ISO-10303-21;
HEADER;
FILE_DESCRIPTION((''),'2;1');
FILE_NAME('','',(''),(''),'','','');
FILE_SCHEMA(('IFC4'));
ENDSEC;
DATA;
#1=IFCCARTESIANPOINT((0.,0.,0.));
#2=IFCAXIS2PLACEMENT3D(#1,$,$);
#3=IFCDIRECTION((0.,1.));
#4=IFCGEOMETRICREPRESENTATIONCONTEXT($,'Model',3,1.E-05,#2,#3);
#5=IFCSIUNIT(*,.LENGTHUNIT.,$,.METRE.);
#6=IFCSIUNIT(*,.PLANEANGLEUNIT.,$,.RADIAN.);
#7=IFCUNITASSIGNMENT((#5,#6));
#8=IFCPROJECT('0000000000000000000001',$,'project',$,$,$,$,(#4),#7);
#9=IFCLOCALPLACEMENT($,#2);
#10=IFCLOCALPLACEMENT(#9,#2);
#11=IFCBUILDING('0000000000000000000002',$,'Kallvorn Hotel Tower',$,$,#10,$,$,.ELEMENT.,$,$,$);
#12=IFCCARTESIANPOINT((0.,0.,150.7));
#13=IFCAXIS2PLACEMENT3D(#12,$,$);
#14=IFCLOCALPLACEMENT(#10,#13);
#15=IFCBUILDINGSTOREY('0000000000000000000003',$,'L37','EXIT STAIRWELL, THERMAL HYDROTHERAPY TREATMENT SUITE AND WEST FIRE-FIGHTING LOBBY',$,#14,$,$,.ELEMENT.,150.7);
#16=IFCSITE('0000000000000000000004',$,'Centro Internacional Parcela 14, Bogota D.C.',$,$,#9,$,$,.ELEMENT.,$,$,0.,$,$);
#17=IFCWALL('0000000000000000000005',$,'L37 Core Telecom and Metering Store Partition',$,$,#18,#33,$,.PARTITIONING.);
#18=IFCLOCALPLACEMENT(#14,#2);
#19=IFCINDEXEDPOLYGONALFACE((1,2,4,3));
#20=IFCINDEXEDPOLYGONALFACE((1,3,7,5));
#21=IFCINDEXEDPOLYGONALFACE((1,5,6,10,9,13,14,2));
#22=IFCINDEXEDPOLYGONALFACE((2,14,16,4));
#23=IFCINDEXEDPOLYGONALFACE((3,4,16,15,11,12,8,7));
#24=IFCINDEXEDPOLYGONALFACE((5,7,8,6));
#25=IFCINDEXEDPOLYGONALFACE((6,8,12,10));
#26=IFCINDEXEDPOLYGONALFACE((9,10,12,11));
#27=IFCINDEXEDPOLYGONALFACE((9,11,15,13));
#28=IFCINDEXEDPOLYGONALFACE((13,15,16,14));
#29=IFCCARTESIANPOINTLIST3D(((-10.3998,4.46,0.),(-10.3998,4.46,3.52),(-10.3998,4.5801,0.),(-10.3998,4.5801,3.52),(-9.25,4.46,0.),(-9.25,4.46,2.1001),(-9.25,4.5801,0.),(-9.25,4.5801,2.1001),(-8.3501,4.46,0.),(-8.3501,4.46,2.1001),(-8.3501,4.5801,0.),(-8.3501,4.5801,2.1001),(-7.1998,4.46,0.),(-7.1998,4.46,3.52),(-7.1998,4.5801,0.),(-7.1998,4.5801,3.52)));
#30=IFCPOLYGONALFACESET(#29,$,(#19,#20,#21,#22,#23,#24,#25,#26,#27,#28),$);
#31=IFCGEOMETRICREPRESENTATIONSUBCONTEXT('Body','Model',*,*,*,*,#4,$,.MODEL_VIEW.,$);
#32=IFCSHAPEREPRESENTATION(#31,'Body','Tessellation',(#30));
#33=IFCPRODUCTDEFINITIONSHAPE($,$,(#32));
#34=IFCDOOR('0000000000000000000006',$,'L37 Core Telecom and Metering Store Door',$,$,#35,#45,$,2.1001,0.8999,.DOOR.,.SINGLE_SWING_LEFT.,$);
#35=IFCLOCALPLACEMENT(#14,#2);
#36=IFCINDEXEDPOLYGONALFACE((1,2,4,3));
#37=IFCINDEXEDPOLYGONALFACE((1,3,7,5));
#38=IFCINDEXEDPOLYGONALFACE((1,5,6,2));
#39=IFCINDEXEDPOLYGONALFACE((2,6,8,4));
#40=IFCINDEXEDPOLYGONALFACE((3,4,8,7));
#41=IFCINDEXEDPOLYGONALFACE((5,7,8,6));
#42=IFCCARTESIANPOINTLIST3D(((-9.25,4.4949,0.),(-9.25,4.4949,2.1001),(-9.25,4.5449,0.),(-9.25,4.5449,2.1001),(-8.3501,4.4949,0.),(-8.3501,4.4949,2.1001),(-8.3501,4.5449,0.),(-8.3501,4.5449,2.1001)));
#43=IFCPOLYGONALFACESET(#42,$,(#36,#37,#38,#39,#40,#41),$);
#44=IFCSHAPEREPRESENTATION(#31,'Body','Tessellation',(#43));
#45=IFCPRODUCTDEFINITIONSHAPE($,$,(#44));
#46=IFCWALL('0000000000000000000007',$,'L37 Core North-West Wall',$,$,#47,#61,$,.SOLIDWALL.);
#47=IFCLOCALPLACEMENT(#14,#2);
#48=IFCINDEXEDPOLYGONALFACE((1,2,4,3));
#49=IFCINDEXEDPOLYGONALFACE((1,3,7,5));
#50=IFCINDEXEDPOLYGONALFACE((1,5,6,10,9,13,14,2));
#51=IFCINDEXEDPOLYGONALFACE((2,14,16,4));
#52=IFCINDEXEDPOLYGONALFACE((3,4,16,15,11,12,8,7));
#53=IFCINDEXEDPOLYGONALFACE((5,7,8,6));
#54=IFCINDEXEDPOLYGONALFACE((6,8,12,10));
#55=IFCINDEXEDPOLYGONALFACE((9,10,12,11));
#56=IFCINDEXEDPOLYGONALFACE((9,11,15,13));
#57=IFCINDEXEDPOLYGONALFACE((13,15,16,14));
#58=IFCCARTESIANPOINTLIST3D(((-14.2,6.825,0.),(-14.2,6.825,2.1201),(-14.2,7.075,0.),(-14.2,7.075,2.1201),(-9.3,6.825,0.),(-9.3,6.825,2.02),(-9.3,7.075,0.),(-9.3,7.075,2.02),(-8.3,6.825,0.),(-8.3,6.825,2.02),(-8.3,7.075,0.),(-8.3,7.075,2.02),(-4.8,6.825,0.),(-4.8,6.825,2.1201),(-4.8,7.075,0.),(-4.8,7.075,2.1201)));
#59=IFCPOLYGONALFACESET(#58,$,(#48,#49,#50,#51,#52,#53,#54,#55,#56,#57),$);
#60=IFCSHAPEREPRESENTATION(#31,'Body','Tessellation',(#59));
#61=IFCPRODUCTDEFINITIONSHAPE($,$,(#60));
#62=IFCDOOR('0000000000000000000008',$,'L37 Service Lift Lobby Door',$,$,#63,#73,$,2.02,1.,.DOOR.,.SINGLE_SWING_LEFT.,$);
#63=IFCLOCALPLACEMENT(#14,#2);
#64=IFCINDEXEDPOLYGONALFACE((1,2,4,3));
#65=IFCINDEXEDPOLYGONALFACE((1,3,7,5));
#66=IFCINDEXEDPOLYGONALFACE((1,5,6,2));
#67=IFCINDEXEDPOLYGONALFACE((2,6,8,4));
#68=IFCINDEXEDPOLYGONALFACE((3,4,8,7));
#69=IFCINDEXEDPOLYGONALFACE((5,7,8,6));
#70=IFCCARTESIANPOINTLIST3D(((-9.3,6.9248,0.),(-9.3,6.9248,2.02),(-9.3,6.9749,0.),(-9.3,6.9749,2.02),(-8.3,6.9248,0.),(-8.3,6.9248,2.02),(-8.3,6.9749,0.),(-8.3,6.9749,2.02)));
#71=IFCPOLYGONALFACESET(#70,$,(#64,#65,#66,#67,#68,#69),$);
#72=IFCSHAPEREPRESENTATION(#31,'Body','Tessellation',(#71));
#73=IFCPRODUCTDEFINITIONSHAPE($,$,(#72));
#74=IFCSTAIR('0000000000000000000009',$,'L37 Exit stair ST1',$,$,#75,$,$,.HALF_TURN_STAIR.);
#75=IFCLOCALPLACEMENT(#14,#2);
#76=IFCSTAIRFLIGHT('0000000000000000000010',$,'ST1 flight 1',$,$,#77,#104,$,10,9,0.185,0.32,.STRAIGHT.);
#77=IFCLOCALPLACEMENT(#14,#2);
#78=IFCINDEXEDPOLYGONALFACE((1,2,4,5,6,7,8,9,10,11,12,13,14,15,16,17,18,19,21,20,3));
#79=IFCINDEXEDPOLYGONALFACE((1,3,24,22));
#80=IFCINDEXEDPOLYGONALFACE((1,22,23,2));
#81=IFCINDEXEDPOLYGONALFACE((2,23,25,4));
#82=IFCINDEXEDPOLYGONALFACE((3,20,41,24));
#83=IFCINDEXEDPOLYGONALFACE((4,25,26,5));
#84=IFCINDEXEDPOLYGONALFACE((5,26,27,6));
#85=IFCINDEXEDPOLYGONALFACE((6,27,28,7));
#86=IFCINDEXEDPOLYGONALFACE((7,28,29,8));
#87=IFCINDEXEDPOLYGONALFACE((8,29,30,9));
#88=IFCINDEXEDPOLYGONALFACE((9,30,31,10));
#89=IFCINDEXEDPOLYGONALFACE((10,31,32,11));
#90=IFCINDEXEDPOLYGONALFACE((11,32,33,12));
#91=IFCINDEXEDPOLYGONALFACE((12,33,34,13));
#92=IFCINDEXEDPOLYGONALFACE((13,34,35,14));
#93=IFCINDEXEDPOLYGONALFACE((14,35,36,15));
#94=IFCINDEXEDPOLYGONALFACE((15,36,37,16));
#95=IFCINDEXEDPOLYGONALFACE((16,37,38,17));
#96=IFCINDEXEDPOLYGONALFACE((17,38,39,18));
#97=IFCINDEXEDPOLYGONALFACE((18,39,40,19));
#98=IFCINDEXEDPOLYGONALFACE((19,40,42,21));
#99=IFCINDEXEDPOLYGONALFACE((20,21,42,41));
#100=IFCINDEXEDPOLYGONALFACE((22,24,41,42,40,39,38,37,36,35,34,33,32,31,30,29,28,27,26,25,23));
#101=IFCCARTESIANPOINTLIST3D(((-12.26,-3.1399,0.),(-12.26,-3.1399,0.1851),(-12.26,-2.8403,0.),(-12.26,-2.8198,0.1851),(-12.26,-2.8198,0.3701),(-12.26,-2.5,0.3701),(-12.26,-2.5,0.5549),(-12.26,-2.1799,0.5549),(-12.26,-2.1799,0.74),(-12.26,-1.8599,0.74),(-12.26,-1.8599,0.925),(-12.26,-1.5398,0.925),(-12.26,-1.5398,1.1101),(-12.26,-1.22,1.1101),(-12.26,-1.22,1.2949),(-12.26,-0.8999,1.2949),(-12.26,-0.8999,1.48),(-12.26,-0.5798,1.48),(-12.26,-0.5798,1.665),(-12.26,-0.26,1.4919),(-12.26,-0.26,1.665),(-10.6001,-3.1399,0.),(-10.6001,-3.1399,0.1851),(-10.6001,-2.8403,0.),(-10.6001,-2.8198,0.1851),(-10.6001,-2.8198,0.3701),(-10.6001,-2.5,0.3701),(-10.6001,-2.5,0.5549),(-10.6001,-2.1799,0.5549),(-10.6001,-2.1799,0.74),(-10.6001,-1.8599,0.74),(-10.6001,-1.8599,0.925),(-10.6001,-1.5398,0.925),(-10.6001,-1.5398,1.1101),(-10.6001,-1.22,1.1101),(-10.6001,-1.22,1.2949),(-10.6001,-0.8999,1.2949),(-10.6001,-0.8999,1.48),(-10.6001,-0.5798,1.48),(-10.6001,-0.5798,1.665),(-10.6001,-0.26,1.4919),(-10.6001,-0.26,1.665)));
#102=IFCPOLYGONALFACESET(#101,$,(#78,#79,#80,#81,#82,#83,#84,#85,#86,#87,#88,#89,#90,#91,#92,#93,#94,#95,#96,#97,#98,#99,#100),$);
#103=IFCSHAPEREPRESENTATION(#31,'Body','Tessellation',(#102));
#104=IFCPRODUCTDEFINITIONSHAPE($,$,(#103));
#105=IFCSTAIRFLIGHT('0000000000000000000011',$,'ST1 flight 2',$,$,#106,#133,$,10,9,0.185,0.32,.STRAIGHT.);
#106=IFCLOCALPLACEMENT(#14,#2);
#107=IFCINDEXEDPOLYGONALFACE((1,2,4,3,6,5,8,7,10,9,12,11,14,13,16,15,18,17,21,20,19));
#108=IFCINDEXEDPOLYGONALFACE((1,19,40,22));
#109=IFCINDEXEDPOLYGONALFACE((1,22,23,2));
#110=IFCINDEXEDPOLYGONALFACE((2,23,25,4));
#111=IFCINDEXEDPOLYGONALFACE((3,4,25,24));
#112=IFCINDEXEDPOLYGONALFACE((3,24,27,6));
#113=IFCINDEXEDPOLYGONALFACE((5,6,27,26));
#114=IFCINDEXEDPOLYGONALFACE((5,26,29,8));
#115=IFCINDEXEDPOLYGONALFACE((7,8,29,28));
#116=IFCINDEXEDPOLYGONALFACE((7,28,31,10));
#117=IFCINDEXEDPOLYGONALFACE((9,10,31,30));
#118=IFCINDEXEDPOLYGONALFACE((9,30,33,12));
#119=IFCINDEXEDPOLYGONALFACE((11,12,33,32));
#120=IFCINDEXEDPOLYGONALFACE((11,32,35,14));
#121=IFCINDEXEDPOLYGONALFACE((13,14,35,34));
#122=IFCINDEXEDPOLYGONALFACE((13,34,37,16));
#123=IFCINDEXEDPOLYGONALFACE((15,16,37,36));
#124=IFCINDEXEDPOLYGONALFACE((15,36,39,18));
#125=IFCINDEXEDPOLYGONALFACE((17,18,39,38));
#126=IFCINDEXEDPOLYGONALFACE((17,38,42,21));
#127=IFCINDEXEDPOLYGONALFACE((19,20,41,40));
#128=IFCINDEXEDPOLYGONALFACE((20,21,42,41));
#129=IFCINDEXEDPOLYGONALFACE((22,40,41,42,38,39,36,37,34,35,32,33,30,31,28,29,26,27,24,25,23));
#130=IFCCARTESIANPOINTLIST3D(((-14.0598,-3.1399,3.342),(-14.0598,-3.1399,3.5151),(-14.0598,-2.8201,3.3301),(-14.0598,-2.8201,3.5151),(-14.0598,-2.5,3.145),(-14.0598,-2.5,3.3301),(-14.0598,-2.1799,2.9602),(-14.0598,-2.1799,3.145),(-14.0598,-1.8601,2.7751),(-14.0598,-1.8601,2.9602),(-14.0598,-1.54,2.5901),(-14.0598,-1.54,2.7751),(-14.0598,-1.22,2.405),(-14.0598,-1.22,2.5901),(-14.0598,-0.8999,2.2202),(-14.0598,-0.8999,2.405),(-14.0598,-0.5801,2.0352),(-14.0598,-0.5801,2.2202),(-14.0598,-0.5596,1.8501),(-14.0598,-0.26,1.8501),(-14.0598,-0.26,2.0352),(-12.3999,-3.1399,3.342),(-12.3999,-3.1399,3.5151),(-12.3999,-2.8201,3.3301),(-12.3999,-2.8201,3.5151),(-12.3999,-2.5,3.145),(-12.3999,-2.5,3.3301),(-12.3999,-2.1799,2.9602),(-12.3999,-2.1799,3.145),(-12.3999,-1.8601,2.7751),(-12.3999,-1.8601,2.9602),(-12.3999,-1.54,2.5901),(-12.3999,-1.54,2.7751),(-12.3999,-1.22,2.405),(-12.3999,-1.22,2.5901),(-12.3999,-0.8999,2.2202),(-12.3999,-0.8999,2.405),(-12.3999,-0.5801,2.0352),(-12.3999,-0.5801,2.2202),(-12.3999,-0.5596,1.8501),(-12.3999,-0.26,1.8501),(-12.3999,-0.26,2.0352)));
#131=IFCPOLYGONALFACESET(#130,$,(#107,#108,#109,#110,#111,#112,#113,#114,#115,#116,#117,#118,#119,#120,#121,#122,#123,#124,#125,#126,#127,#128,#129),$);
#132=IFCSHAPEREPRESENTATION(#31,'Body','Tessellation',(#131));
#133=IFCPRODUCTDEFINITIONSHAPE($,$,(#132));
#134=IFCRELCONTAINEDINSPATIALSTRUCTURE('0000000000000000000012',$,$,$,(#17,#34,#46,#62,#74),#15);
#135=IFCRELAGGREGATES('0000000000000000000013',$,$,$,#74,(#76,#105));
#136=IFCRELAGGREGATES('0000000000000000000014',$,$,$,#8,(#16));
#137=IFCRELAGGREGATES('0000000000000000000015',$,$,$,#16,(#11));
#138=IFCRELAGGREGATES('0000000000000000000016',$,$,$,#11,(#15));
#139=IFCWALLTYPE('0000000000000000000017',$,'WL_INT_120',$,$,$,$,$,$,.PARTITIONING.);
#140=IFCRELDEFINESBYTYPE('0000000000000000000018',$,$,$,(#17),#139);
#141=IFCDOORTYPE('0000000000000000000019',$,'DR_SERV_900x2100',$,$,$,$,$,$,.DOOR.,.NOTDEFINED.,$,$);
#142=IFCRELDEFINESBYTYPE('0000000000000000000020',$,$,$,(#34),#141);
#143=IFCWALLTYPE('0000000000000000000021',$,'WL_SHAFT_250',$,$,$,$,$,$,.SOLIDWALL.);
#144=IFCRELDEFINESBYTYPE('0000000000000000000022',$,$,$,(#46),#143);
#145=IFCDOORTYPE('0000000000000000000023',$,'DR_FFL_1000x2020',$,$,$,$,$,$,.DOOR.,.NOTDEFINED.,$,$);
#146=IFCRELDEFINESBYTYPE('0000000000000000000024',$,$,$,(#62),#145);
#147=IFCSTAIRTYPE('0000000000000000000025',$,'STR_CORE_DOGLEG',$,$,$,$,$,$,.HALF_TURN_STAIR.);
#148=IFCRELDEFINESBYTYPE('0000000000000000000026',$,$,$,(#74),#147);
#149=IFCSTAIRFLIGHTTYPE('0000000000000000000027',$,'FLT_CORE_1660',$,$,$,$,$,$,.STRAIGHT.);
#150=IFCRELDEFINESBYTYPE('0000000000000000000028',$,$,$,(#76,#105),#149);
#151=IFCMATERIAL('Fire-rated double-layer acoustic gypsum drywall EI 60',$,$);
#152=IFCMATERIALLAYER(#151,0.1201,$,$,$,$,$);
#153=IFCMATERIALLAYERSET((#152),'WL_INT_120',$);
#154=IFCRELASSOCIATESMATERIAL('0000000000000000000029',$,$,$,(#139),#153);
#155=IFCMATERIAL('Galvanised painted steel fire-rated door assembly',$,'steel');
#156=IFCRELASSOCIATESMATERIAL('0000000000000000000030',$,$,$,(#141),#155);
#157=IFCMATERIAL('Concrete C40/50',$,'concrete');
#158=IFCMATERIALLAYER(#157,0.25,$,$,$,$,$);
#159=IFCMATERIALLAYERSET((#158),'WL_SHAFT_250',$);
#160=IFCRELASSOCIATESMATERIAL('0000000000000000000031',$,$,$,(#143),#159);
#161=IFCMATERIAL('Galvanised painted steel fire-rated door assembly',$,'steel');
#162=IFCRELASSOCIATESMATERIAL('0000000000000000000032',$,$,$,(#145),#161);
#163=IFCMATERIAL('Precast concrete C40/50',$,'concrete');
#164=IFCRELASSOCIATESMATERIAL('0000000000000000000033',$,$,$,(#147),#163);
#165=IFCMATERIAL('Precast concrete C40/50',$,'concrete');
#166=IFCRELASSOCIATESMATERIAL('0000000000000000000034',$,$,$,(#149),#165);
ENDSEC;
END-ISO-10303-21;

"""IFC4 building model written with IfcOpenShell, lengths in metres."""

from ifc_helpers import new_model, si_unit, direction, frame, frame_2d, origin, place, context, subcontext, project, spatial, polyline, rectangle, outline, extrude, material, layer, layer_set, type_object, element, fill, aggregate, save


model = new_model("IFC4")

# Units and contexts
model_context = context("Model", 3, precision=1e-05, world=origin(), true_north=direction((0.0, 1.0)))
body_context = subcontext(model_context, "Body", "Model", "MODEL_VIEW")
ifc_project = project(units=[si_unit("LENGTHUNIT", "METRE"), si_unit("PLANEANGLEUNIT", "RADIAN")], contexts=[model_context])

# Site, building, storey
site_placement = place(None, origin())
site = spatial("IfcSite", under=ifc_project, at=site_placement, Name="Centro Internacional Parcela 14, Bogota D.C.", CompositionType="ELEMENT", RefElevation=0.0)
building_placement = place(site_placement, origin())
building = spatial("IfcBuilding", under=site, at=building_placement, Name="Kallvorn Hotel Tower", CompositionType="ELEMENT")
storey_placement = place(building_placement, frame((0.0, 0.0, 150.7)))
storey = spatial("IfcBuildingStorey", under=building, at=storey_placement, Name="L37", Description="EXIT STAIRWELL, THERMAL HYDROTHERAPY TREATMENT SUITE AND WEST FIRE-FIGHTING LOBBY", CompositionType="ELEMENT", Elevation=150.7)

# Shared definitions
ifc_material_1 = material(Name="Fire-rated double-layer acoustic gypsum drywall EI 60")
ifc_layer_1 = layer(ifc_material_1, 0.1201)
ifc_layer_set_1 = layer_set([ifc_layer_1], Name="WL_INT_120")
wall_type_1 = type_object("IfcWallType", Name="WL_INT_120", PredefinedType="PARTITIONING", material=ifc_layer_set_1)

# Walls, openings, doors
wall_1_placement = place(storey_placement, frame((-10.3999, 4.52, 0.0), z_axis=(0.0, 0.0, 1.0), x_axis=(1.0, 0.0, 0.0)))
wall_1 = element("IfcWall", 1, at=wall_1_placement, inside=storey, type_object=wall_type_1, Name="L37 Core Telecom and Metering Store Partition", PredefinedType="PARTITIONING", context=body_context, shape_type="SweptSolid", body=[
    extrude(rectangle(XDim=3.2, YDim=0.1201, at=frame_2d((1.6001, 0.0))), origin(), (0.0, 0.0, 1.0), 3.52),
])
opening_1_placement = place(wall_1_placement, frame((1.1499, 0.0, 0.0)))
opening_1 = element("IfcOpeningElement", 2, at=opening_1_placement, cuts=wall_1, PredefinedType="OPENING", context=body_context, shape_type="SweptSolid", body=[
    extrude(rectangle(XDim=0.8999, YDim=2.1001, at=frame_2d((0.45, 1.05))), frame((0.0, 0.075, 0.0), z_axis=(0.0, -1.0, 0.0), x_axis=(1.0, 0.0, 0.0)), (0.0, 0.0, 1.0), 0.1501),
])
ifc_material_2 = material(Name="Galvanised painted steel fire-rated door assembly", Category="steel")
door_type_1 = type_object("IfcDoorType", Name="DR_SERV_900x2100", OperationType="NOTDEFINED", PredefinedType="DOOR", material=ifc_material_2)
door_1_placement = place(opening_1_placement, origin())
door_1 = element("IfcDoor", 3, at=door_1_placement, inside=storey, type_object=door_type_1, Name="L37 Core Telecom and Metering Store Door", OperationType="SINGLE_SWING_LEFT", OverallHeight=2.1001, OverallWidth=0.8999, PredefinedType="DOOR", context=body_context, shape_type="SweptSolid", body=[
    extrude(rectangle(XDim=0.8999, YDim=2.1001, at=frame_2d((0.45, 1.05))), frame((0.0, 0.0249, 0.0), z_axis=(0.0, -1.0, 0.0), x_axis=(1.0, 0.0, 0.0)), (0.0, 0.0, 1.0), 0.05),
])
fill(opening_1, door_1)
ifc_material_3 = material(Name="Concrete C40/50", Category="concrete")
ifc_layer_2 = layer(ifc_material_3, 0.25)
ifc_layer_set_2 = layer_set([ifc_layer_2], Name="WL_SHAFT_250")
wall_type_2 = type_object("IfcWallType", Name="WL_SHAFT_250", PredefinedType="SOLIDWALL", material=ifc_layer_set_2)
wall_2_placement = place(storey_placement, frame((-14.2, 6.95, 0.0), z_axis=(0.0, 0.0, 1.0), x_axis=(1.0, 0.0, 0.0)))
wall_2 = element("IfcWall", 4, at=wall_2_placement, inside=storey, type_object=wall_type_2, Name="L37 Core North-West Wall", PredefinedType="SOLIDWALL", context=body_context, shape_type="SweptSolid", body=[
    extrude(rectangle(XDim=9.3999, YDim=0.25, at=frame_2d((4.7, 0.0))), origin(), (0.0, 0.0, 1.0), 2.1201),
])
opening_2_placement = place(wall_2_placement, frame((4.8999, 0.0, 0.0)))
opening_2 = element("IfcOpeningElement", 5, at=opening_2_placement, cuts=wall_2, PredefinedType="OPENING", context=body_context, shape_type="SweptSolid", body=[
    extrude(rectangle(XDim=1.0, YDim=2.02, at=frame_2d((0.5, 1.01))), frame((0.0, 0.1399, 0.0), z_axis=(0.0, -1.0, 0.0), x_axis=(1.0, 0.0, 0.0)), (0.0, 0.0, 1.0), 0.28),
])
ifc_material_4 = material(Name="Galvanised painted steel fire-rated door assembly", Category="steel")
door_type_2 = type_object("IfcDoorType", Name="DR_FFL_1000x2020", OperationType="NOTDEFINED", PredefinedType="DOOR", material=ifc_material_4)
door_2_placement = place(opening_2_placement, origin())
door_2 = element("IfcDoor", 6, at=door_2_placement, inside=storey, type_object=door_type_2, Name="L37 Service Lift Lobby Door", OperationType="SINGLE_SWING_LEFT", OverallHeight=2.02, OverallWidth=1.0, PredefinedType="DOOR", context=body_context, shape_type="SweptSolid", body=[
    extrude(rectangle(XDim=1.0, YDim=2.02, at=frame_2d((0.5, 1.01))), frame((0.0, 0.0249, 0.0), z_axis=(0.0, -1.0, 0.0), x_axis=(1.0, 0.0, 0.0)), (0.0, 0.0, 1.0), 0.05),
])
fill(opening_2, door_2)

# Stair, stair flights
ifc_material_5 = material(Name="Precast concrete C40/50", Category="concrete")
stair_type = type_object("IfcStairType", Name="STR_CORE_DOGLEG", PredefinedType="HALF_TURN_STAIR", material=ifc_material_5)
stair_placement = place(storey_placement, origin())
stair = element("IfcStair", 7, at=stair_placement, inside=storey, type_object=stair_type, Name="L37 Exit stair ST1", PredefinedType="HALF_TURN_STAIR")
ifc_material_6 = material(Name="Precast concrete C40/50", Category="concrete")
stair_flight_type = type_object("IfcStairFlightType", Name="FLT_CORE_1660", PredefinedType="STRAIGHT", material=ifc_material_6)
stair_flight_1_placement = place(storey_placement, frame((-11.4299, -3.1399, 0.0), z_axis=(0.0, 0.0, 1.0), x_axis=(0.0, 1.0, 0.0)))
stair_flight_1 = element("IfcStairFlight", 8, at=stair_flight_1_placement, type_object=stair_flight_type, Name="ST1 flight 1", NumberOfRisers=10, NumberOfTreads=9, PredefinedType="STRAIGHT", RiserHeight=0.185, TreadLength=0.32, context=body_context, shape_type="SweptSolid", body=[
    extrude(outline(polyline([(0.0, 0.0), (0.0, 0.1851), (0.3201, 0.1851), (0.3201, 0.3701), (0.6399, 0.3701), (0.6399, 0.5549), (0.96, 0.5549), (0.96, 0.74), (1.28, 0.74), (1.28, 0.925), (1.6001, 0.925), (1.6001, 1.1101), (1.9199, 1.1101), (1.9199, 1.2949), (2.24, 1.2949), (2.24, 1.48), (2.5601, 1.48), (2.5601, 1.665), (2.8799, 1.665), (2.8799, 1.8501), (2.8799, 1.4919), (0.2996, 0.0), (0.0, 0.0)])), frame((0.0, 0.8301, 0.0), z_axis=(0.0, -1.0, 0.0), x_axis=(1.0, 0.0, 0.0)), (0.0, 0.0, 1.0), 1.6599),
])
stair_flight_2_placement = place(storey_placement, frame((-13.23, -0.26, 1.8501), z_axis=(0.0, 0.0, 1.0), x_axis=(0.0, -1.0, 0.0)))
stair_flight_2 = element("IfcStairFlight", 9, at=stair_flight_2_placement, type_object=stair_flight_type, Name="ST1 flight 2", NumberOfRisers=10, NumberOfTreads=9, PredefinedType="STRAIGHT", RiserHeight=0.185, TreadLength=0.32, context=body_context, shape_type="SweptSolid", body=[
    extrude(outline(polyline([(0.0, 0.0), (0.0, 0.1851), (0.3201, 0.1851), (0.3201, 0.3701), (0.6399, 0.3701), (0.6399, 0.5549), (0.96, 0.5549), (0.96, 0.74), (1.28, 0.74), (1.28, 0.925), (1.6001, 0.925), (1.6001, 1.1101), (1.9199, 1.1101), (1.9199, 1.2949), (2.24, 1.2949), (2.24, 1.48), (2.5601, 1.48), (2.5601, 1.665), (2.8799, 1.665), (2.8799, 1.8501), (2.8799, 1.4919), (0.2996, 0.0), (0.0, 0.0)])), frame((0.0, 0.8301, 0.0), z_axis=(0.0, -1.0, 0.0), x_axis=(1.0, 0.0, 0.0)), (0.0, 0.0, 1.0), 1.6599),
])
aggregate(stair, [stair_flight_1, stair_flight_2])

save(model, "model.ifc")
